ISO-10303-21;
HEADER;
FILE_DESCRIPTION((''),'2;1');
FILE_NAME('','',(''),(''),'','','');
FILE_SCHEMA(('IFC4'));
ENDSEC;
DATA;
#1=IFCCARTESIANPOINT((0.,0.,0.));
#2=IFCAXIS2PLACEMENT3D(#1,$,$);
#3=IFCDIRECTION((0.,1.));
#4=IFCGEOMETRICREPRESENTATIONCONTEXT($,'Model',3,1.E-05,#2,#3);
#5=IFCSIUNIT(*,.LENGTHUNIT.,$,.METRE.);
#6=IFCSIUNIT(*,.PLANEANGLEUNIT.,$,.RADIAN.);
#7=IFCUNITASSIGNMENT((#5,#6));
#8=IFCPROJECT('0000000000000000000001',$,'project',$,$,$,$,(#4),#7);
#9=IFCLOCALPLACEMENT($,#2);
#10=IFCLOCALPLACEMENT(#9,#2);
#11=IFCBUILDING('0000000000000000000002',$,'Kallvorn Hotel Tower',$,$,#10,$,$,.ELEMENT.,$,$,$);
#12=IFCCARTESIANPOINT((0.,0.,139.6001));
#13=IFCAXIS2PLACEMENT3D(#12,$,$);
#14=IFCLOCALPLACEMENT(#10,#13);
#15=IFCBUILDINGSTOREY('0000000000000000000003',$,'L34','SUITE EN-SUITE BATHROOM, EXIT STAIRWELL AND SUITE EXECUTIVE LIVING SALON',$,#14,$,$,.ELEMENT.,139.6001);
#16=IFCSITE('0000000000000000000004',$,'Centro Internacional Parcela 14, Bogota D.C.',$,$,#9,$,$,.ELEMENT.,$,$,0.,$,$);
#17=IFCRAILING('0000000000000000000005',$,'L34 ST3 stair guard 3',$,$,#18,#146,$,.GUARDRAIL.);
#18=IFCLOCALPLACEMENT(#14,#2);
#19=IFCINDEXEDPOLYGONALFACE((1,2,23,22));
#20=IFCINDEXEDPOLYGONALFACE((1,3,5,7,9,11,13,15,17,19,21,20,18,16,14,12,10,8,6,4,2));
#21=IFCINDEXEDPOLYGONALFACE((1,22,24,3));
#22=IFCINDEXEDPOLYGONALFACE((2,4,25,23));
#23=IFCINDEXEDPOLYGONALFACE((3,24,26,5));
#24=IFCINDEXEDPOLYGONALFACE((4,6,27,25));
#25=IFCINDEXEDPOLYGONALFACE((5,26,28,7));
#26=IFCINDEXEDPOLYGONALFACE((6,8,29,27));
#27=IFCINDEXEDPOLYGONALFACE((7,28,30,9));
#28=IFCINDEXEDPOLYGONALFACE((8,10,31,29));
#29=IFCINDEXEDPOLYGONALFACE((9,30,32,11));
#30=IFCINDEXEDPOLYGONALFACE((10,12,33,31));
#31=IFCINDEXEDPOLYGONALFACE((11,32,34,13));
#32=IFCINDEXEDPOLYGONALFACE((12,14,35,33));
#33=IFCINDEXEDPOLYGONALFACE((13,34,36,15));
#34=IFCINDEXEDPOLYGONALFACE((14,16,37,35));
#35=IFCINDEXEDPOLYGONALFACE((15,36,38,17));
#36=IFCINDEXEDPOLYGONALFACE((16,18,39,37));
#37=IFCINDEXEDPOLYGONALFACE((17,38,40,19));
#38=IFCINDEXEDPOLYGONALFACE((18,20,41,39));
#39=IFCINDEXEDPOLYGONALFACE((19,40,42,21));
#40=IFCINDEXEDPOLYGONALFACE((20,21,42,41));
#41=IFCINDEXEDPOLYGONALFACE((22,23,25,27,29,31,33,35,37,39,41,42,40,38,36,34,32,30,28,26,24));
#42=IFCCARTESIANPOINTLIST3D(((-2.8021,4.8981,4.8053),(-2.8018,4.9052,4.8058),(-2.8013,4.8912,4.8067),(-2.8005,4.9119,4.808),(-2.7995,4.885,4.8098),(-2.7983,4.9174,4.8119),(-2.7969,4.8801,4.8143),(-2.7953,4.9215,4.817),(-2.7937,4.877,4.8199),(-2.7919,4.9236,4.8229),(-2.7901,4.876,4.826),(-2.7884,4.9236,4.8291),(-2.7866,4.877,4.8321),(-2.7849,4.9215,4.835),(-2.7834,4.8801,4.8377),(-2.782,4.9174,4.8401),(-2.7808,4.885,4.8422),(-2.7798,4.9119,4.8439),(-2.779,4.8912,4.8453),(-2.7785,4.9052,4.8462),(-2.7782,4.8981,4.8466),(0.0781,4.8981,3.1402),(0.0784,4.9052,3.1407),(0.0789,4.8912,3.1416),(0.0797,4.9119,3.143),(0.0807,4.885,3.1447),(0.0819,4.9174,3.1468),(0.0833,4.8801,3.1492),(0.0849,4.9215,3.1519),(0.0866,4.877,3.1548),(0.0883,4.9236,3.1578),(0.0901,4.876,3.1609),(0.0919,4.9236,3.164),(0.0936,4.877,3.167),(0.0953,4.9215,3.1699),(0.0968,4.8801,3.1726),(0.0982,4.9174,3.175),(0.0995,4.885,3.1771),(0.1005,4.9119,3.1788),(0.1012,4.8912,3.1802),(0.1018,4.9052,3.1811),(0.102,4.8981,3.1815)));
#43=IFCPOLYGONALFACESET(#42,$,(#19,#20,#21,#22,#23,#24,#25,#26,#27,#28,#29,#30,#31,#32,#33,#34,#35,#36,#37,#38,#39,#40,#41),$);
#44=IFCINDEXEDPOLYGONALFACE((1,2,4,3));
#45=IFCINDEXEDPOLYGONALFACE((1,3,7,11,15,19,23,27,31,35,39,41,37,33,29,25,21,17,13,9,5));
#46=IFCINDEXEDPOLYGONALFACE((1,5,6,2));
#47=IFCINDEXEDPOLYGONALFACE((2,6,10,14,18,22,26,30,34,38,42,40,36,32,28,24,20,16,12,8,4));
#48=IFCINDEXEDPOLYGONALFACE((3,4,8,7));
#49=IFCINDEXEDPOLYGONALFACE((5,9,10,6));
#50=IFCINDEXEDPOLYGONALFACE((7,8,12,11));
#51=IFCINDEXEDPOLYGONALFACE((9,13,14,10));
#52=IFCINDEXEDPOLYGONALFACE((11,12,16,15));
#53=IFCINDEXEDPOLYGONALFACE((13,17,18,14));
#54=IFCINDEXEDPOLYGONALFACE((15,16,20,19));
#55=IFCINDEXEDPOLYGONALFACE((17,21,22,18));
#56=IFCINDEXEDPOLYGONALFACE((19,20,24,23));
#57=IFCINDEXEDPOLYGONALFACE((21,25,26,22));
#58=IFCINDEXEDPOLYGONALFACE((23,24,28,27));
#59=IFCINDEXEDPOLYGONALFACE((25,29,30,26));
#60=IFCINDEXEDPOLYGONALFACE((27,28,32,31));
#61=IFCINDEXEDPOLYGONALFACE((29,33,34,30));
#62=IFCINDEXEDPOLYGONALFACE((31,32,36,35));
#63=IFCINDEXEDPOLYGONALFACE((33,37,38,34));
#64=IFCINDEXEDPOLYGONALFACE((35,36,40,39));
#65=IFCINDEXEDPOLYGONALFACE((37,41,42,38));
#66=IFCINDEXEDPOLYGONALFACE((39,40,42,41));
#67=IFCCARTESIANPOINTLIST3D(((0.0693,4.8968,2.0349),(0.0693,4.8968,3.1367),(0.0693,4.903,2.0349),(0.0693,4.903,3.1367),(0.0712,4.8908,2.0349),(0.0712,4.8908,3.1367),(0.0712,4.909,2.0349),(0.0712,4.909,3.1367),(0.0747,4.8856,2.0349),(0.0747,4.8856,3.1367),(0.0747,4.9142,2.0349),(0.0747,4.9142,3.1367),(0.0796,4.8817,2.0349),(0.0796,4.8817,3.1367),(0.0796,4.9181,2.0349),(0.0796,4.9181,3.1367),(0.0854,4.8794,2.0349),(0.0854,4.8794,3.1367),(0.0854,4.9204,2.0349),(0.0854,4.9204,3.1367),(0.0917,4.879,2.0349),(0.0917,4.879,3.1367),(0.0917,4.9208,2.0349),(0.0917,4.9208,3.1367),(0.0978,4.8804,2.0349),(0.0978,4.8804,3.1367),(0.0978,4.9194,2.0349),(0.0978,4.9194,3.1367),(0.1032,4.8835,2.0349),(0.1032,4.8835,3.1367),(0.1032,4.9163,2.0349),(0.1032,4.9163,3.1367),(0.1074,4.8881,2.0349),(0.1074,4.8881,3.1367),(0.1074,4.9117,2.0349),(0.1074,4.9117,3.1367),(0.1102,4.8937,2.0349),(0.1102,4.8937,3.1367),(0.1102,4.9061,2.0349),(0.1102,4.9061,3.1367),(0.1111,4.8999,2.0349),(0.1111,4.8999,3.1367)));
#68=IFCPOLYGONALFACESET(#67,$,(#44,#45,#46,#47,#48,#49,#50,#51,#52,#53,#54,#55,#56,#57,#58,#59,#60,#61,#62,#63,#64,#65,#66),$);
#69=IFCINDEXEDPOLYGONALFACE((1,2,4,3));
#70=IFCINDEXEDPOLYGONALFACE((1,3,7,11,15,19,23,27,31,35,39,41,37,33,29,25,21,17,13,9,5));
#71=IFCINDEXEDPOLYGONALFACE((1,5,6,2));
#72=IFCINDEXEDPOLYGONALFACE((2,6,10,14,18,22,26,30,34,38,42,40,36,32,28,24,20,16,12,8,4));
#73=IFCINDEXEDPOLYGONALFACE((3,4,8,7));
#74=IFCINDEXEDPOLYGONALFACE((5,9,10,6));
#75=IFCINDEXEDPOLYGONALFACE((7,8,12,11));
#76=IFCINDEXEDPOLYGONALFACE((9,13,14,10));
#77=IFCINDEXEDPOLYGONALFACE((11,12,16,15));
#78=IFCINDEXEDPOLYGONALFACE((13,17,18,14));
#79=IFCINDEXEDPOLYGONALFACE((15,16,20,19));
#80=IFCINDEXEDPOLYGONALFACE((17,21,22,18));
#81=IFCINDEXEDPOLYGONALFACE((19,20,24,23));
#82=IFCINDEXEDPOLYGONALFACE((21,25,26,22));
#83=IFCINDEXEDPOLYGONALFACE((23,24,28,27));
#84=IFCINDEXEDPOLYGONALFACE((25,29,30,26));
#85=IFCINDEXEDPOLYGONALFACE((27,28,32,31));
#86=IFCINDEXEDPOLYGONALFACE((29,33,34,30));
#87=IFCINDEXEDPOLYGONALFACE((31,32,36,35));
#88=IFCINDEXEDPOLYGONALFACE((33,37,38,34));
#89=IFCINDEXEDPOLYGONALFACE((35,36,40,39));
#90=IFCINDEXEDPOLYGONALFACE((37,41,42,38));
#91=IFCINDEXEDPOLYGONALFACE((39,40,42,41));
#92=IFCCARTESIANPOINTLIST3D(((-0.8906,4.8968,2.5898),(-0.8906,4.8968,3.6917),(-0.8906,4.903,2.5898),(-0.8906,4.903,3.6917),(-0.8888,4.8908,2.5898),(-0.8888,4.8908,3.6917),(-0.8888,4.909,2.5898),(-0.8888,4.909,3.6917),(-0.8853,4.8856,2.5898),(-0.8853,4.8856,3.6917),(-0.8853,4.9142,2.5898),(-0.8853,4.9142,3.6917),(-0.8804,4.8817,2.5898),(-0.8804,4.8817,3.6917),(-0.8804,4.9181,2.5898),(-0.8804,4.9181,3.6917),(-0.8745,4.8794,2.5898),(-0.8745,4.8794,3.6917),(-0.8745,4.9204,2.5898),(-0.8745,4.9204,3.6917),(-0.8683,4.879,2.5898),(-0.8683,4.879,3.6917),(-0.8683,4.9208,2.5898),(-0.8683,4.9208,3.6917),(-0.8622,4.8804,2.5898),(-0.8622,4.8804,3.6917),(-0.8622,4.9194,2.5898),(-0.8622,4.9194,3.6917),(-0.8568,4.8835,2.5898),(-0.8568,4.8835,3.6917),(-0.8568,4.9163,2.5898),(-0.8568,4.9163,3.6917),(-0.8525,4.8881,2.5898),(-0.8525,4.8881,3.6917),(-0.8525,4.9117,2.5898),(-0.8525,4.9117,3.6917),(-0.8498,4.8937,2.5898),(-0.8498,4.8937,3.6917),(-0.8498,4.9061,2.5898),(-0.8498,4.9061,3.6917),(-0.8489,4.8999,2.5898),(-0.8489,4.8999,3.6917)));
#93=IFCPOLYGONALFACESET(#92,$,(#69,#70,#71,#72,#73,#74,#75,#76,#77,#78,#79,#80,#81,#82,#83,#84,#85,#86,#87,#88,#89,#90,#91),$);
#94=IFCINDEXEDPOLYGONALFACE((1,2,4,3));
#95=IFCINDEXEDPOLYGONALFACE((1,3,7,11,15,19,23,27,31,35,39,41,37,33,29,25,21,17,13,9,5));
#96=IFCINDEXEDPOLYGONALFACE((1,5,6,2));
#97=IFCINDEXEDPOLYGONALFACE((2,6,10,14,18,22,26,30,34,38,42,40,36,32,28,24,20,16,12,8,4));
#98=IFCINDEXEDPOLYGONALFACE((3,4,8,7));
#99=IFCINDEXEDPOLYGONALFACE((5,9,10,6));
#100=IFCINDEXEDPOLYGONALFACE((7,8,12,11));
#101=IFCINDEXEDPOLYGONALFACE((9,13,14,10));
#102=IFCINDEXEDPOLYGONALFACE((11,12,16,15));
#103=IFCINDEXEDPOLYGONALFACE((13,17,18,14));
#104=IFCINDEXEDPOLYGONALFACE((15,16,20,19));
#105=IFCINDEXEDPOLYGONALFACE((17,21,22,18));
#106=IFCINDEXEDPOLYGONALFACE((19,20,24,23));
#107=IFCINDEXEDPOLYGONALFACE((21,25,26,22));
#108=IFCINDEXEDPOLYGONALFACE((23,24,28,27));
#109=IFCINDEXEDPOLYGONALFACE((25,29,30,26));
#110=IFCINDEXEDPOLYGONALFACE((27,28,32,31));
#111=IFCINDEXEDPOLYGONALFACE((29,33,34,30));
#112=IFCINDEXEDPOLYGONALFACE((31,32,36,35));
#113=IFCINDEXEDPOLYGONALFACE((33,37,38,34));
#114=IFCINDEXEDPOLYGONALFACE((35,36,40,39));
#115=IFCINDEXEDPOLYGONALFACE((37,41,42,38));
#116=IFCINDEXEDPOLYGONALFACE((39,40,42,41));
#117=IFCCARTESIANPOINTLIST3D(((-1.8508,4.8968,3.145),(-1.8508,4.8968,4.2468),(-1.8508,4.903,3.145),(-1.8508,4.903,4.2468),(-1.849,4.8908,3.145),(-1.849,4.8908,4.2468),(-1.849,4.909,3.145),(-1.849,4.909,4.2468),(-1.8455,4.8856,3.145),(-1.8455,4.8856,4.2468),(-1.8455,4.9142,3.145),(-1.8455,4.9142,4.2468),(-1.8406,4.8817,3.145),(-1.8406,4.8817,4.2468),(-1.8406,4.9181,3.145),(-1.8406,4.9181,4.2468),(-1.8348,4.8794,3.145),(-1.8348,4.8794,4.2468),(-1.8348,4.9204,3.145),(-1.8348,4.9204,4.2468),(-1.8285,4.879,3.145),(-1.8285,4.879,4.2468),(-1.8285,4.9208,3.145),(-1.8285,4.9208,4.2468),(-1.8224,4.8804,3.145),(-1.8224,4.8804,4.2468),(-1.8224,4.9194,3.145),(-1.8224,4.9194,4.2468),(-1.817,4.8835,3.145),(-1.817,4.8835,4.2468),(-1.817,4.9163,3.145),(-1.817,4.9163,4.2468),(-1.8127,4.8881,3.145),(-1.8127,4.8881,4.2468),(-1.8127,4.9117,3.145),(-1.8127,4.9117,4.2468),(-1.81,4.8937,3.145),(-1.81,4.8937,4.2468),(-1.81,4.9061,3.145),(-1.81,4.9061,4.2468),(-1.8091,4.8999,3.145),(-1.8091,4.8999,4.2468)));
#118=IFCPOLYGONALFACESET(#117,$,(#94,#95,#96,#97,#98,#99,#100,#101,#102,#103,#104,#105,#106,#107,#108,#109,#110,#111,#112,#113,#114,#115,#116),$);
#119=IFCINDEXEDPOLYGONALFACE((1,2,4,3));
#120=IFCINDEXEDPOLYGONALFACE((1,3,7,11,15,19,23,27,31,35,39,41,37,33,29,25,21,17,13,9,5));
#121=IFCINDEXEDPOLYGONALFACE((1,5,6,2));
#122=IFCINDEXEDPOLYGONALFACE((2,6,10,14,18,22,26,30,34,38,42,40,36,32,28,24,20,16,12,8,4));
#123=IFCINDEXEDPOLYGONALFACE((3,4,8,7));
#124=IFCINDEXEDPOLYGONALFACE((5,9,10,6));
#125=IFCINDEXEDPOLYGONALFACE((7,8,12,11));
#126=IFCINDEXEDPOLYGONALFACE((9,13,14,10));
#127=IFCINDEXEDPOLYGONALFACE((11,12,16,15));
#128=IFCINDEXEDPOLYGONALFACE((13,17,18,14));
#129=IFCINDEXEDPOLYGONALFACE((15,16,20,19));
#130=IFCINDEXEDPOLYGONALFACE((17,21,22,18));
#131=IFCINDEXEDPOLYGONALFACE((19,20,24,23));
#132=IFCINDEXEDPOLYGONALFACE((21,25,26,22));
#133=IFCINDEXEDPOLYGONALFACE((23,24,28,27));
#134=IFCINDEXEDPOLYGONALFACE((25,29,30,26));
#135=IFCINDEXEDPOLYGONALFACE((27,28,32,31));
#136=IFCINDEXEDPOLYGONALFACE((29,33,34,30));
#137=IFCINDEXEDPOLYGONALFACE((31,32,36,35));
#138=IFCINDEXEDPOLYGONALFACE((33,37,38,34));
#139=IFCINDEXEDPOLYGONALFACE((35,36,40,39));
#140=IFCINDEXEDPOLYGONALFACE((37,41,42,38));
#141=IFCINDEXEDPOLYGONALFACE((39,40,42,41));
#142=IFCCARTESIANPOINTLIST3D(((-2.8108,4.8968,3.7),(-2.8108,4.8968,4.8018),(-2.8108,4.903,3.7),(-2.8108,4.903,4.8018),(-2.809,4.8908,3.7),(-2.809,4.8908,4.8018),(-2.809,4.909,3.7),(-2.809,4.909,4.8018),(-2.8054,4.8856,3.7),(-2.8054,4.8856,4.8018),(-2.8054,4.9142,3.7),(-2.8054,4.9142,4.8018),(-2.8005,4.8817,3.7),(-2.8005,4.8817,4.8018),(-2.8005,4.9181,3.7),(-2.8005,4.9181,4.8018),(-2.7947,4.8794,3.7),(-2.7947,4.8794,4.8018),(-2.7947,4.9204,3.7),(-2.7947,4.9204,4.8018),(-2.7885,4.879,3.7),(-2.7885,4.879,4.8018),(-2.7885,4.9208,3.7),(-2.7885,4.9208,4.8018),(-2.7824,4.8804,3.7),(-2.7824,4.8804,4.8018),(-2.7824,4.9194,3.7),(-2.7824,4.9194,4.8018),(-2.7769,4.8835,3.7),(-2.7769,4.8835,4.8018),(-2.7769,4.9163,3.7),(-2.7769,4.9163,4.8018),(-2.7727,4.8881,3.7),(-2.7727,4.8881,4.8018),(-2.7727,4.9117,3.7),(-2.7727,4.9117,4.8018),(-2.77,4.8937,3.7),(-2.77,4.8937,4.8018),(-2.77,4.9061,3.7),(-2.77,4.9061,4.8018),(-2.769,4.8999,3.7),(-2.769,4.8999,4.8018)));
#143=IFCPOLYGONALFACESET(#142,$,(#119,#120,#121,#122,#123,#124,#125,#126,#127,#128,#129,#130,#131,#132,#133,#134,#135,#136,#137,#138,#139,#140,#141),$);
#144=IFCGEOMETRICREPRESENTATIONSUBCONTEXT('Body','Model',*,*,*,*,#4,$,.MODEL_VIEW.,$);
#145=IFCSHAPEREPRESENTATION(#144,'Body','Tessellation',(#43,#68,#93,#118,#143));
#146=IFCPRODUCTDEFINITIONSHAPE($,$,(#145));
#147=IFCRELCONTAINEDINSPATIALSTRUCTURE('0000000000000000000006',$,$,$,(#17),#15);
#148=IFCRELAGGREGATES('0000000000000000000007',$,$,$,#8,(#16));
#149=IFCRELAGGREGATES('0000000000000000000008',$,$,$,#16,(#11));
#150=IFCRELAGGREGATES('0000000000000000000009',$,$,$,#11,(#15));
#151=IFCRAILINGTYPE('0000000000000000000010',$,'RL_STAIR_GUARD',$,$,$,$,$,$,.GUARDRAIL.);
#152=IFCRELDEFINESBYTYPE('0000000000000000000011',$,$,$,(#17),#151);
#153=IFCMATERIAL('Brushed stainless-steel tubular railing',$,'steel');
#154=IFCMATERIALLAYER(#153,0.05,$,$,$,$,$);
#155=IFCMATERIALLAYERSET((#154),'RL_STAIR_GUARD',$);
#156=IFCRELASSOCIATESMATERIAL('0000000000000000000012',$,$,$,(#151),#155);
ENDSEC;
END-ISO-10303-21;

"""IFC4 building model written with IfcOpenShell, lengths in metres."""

from ifc_helpers import new_model, si_unit, direction, frame, origin, origin_2d, place, context, subcontext, project, spatial, circle, extrude, material, layer, layer_set, type_object, element, save


model = new_model("IFC4")

# Units and contexts
model_context = context("Model", 3, precision=1e-05, world=origin(), true_north=direction((0.0, 1.0)))
body_context = subcontext(model_context, "Body", "Model", "MODEL_VIEW")
ifc_project = project(units=[si_unit("LENGTHUNIT", "METRE"), si_unit("PLANEANGLEUNIT", "RADIAN")], contexts=[model_context])

# Site, building, storey
site_placement = place(None, origin())
site = spatial("IfcSite", under=ifc_project, at=site_placement, Name="Centro Internacional Parcela 14, Bogota D.C.", CompositionType="ELEMENT", RefElevation=0.0)
building_placement = place(site_placement, origin())
building = spatial("IfcBuilding", under=site, at=building_placement, Name="Kallvorn Hotel Tower", CompositionType="ELEMENT")
storey_placement = place(building_placement, frame((0.0, 0.0, 139.6001)))
storey = spatial("IfcBuildingStorey", under=building, at=storey_placement, Name="L34", Description="SUITE EN-SUITE BATHROOM, EXIT STAIRWELL AND SUITE EXECUTIVE LIVING SALON", CompositionType="ELEMENT", Elevation=139.6001)

# Railing
ifc_material_1 = material(Name="Brushed stainless-steel tubular railing", Category="steel")
ifc_layer_1 = layer(ifc_material_1, 0.05)
ifc_layer_set_1 = layer_set([ifc_layer_1], Name="RL_STAIR_GUARD")
railing_type_1 = type_object("IfcRailingType", Name="RL_STAIR_GUARD", PredefinedType="GUARDRAIL", material=ifc_layer_set_1)
railing_1_placement = place(storey_placement, frame((0.0901, 4.8999, 2.0349)))
element("IfcRailing", 1, at=railing_1_placement, inside=storey, type_object=railing_type_1, Name="L34 ST3 stair guard 3", PredefinedType="GUARDRAIL", context=body_context, shape_type="SweptSolid", body=[
    extrude(circle(Radius=0.0239, at=origin_2d()), frame((0.0, 0.0, 1.126), z_axis=(-0.865739, 0.0, 0.500495), x_axis=(0.0, -1.0, 0.0)), (0.0, 0.0, 1.0), 3.3269),
    extrude(circle(Radius=0.021, at=origin_2d()), origin(), (0.0, 0.0, 1.0), 1.1018),
    extrude(circle(Radius=0.021, at=origin_2d()), frame((-0.96, 0.0, 0.5549)), (0.0, 0.0, 1.0), 1.1018),
    extrude(circle(Radius=0.021, at=origin_2d()), frame((-1.9202, 0.0, 1.1101)), (0.0, 0.0, 1.0), 1.1018),
    extrude(circle(Radius=0.021, at=origin_2d()), frame((-2.8801, 0.0, 1.665)), (0.0, 0.0, 1.0), 1.1018),
])

save(model, "model.ifc")
